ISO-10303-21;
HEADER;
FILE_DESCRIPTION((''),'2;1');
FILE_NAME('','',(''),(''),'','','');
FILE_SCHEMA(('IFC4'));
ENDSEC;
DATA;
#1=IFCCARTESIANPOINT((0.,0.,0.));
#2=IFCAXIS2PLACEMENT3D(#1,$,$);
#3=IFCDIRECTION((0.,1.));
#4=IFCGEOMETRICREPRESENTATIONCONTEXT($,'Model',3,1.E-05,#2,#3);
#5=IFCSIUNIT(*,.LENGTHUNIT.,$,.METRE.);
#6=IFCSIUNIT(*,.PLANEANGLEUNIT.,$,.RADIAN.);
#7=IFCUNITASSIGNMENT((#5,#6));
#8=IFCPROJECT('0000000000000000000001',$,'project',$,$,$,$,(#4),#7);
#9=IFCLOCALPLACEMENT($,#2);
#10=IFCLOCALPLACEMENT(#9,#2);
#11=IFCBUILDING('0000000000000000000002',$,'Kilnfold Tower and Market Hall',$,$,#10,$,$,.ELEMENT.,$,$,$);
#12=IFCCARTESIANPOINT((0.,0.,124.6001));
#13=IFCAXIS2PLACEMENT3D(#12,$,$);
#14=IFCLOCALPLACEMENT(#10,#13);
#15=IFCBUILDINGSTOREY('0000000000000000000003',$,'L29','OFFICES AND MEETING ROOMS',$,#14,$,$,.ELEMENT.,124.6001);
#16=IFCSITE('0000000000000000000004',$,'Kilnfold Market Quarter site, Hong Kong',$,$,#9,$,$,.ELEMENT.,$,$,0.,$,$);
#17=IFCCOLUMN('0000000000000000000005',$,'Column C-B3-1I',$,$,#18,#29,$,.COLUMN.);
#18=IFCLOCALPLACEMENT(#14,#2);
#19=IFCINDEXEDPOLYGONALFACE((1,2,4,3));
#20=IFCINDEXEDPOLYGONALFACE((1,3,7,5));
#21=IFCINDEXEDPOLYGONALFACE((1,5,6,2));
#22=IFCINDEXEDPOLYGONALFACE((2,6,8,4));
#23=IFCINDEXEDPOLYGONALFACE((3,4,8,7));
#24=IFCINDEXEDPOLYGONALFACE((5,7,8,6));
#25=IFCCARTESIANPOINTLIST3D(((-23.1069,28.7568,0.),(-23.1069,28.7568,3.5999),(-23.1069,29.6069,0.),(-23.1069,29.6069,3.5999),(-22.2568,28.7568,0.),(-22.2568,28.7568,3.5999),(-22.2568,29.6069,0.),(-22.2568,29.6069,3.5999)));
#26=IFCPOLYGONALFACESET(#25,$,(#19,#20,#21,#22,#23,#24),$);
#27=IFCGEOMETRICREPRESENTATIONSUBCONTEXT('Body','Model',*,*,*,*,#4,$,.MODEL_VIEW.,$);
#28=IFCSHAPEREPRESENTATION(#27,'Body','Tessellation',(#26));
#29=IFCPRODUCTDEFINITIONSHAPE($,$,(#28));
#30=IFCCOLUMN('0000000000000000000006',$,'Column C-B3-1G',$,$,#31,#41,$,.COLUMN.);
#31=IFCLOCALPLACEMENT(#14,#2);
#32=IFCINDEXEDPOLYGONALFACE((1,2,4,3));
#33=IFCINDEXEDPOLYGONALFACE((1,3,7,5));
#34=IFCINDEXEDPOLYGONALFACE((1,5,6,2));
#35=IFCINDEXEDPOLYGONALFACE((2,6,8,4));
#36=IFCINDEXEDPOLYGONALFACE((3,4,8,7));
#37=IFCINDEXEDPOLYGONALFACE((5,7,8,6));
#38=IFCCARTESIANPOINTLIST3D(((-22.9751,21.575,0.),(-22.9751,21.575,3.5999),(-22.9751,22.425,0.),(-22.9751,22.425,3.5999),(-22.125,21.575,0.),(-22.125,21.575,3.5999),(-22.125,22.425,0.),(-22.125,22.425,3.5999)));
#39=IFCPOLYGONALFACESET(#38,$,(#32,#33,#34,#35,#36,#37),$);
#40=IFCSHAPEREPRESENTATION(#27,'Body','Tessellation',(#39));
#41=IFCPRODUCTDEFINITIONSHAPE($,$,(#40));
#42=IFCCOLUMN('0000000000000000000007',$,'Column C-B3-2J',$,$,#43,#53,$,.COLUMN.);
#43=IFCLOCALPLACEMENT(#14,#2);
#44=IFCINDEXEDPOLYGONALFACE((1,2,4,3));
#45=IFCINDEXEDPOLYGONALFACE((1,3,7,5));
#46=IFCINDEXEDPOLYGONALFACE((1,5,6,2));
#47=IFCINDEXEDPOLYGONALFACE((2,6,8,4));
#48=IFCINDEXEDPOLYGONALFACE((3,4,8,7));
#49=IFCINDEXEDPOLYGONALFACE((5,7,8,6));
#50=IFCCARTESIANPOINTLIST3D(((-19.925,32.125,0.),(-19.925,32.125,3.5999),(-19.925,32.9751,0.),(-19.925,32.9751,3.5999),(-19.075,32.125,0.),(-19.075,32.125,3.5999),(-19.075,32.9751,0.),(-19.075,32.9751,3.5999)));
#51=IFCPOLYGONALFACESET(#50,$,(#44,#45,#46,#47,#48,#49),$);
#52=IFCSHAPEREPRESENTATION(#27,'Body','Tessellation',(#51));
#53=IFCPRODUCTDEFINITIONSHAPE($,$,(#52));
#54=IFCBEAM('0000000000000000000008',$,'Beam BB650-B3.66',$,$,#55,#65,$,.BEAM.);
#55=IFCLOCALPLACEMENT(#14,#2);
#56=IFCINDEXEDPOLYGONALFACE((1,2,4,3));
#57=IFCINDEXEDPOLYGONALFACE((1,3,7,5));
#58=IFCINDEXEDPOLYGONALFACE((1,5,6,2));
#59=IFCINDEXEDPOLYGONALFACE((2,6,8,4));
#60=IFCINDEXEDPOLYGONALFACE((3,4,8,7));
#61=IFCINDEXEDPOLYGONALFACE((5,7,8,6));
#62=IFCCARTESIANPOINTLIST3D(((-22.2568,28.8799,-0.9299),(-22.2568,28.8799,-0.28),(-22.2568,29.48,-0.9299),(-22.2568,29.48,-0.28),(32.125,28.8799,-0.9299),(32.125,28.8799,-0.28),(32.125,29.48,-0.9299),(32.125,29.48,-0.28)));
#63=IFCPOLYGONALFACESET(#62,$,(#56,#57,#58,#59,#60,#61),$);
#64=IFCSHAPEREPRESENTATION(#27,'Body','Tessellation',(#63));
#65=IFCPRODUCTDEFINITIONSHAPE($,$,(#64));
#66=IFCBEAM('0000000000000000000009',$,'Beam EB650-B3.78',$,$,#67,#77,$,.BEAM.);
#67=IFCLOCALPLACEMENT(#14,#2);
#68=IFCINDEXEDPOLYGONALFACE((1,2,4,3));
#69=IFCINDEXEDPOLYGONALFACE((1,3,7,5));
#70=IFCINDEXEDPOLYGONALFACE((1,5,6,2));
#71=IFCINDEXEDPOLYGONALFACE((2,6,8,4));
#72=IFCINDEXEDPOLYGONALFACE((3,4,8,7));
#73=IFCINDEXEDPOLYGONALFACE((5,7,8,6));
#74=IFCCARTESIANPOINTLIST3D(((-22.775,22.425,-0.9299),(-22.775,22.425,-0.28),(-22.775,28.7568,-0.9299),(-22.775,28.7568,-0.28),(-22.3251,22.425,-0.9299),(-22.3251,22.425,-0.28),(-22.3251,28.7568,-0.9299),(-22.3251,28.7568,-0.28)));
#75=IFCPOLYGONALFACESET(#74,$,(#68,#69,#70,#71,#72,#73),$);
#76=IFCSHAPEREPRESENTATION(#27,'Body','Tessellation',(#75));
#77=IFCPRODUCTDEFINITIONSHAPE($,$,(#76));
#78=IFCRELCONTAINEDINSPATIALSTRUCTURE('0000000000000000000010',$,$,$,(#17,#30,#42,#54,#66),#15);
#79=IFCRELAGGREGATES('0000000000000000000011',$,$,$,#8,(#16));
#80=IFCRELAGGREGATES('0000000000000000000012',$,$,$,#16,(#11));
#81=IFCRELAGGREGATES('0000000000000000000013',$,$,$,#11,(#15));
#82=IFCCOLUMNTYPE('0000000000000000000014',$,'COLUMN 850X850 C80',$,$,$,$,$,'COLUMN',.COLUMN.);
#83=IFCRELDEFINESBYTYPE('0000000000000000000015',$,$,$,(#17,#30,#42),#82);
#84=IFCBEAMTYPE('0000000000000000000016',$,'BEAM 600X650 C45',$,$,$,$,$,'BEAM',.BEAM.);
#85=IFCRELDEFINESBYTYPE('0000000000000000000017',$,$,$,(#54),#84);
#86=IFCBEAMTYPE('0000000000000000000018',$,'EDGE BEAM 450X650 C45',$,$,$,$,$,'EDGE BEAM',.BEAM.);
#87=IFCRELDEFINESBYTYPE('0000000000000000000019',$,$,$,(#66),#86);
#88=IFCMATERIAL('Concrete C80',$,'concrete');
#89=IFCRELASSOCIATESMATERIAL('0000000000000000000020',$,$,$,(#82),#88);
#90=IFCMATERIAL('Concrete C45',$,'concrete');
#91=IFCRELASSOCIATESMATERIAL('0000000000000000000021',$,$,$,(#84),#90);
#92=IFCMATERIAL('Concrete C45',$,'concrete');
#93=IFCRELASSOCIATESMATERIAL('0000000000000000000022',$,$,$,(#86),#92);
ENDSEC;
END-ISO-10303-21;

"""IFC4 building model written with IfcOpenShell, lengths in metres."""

from ifc_helpers import new_model, si_unit, direction, frame, origin, origin_2d, place, context, subcontext, project, spatial, rectangle, extrude, source, transform, mapped, material, material_profile, profile_set, type_object, element, save


model = new_model("IFC4")

# Units and contexts
model_context = context("Model", 3, precision=1e-05, world=origin(), true_north=direction((0.0, 1.0)))
body_context = subcontext(model_context, "Body", "Model", "MODEL_VIEW")
ifc_project = project(units=[si_unit("LENGTHUNIT", "METRE"), si_unit("PLANEANGLEUNIT", "RADIAN")], contexts=[model_context])

# Site, building, storey
site_placement = place(None, origin())
site = spatial("IfcSite", under=ifc_project, at=site_placement, Name="Kilnfold Market Quarter site, Hong Kong", CompositionType="ELEMENT", RefElevation=0.0)
building_placement = place(site_placement, origin())
building = spatial("IfcBuilding", under=site, at=building_placement, Name="Kilnfold Tower and Market Hall", CompositionType="ELEMENT")
storey_placement = place(building_placement, frame((0.0, 0.0, 124.6001)))
storey = spatial("IfcBuildingStorey", under=building, at=storey_placement, Name="L29", Description="OFFICES AND MEETING ROOMS", CompositionType="ELEMENT", Elevation=124.6001)

# Columns
ifc_material_1 = material(Name="Concrete C80", Category="concrete")
ifc_material_profile_1 = material_profile(ifc_material_1, rectangle(XDim=0.8501, YDim=0.8501, at=origin_2d()), Name="RC 850x850")
ifc_profile_set_1 = profile_set([ifc_material_profile_1], Name="Concrete C80")
column_type = type_object("IfcColumnType", Name="COLUMN 850X850 C80", ElementType="COLUMN", PredefinedType="COLUMN", material=ifc_profile_set_1)
shared_shape_1 = source(origin(), body_context, "Body", "SweptSolid", [
    extrude(rectangle(XDim=0.8501, YDim=0.8501, at=origin_2d()), origin(), (0.0, 0.0, 1.0), 3.5999),
])
for number, where, z_axis, x_axis, name in (
    (1, (-22.6819, 29.1819, 0.0), (0.0, 0.0, 1.0), (1.0, 0.0, 0.0), "Column C-B3-1I"),
    (2, (-22.55, 22.0, 0.0), (0.0, 0.0, 1.0), (1.0, 0.0, 0.0), "Column C-B3-1G"),
    (3, (-19.5, 32.55, 0.0), (0.0, 0.0, 1.0), (1.0, 0.0, 0.0), "Column C-B3-2J"),
):
    element("IfcColumn", number, at=place(storey_placement, frame(where, z_axis=z_axis, x_axis=x_axis)), inside=storey, type_object=column_type, Name=name, PredefinedType="COLUMN", context=body_context, shape_type="MappedRepresentation", body=[
        mapped(shared_shape_1, transform((0.0, 0.0, 0.0))),
    ])

# Beams
ifc_material_2 = material(Name="Concrete C45", Category="concrete")
ifc_material_profile_2 = material_profile(ifc_material_2, rectangle(XDim=0.6001, YDim=0.6499, at=origin_2d()), Name="RC 600x650")
ifc_profile_set_2 = profile_set([ifc_material_profile_2], Name="Concrete C45")
beam_type_1 = type_object("IfcBeamType", Name="BEAM 600X650 C45", ElementType="BEAM", PredefinedType="BEAM", material=ifc_profile_set_2)
shared_shape_2 = source(origin(), body_context, "Body", "SweptSolid", [
    extrude(rectangle(XDim=0.6001, YDim=0.6499, at=origin_2d()), origin(), (0.0, 0.0, 1.0), 54.3818),
])
beam_1_placement = place(storey_placement, frame((-22.2568, 29.1799, -0.605), z_axis=(1.0, 0.0, 0.0), x_axis=(0.0, 1.0, 0.0)))
element("IfcBeam", 4, at=beam_1_placement, inside=storey, type_object=beam_type_1, Name="Beam BB650-B3.66", PredefinedType="BEAM", context=body_context, shape_type="MappedRepresentation", body=[
    mapped(shared_shape_2, transform((0.0, 0.0, 0.0))),
])
ifc_material_3 = material(Name="Concrete C45", Category="concrete")
ifc_material_profile_3 = material_profile(ifc_material_3, rectangle(XDim=0.45, YDim=0.6499, at=origin_2d()), Name="RC 450x650")
ifc_profile_set_3 = profile_set([ifc_material_profile_3], Name="Concrete C45")
beam_type_2 = type_object("IfcBeamType", Name="EDGE BEAM 450X650 C45", ElementType="EDGE BEAM", PredefinedType="BEAM", material=ifc_profile_set_3)
shared_shape_3 = source(origin(), body_context, "Body", "SweptSolid", [
    extrude(rectangle(XDim=0.45, YDim=0.6499, at=origin_2d()), origin(), (0.0, 0.0, 1.0), 6.3318),
])
beam_2_placement = place(storey_placement, frame((-22.55, 22.425, -0.605), z_axis=(0.0, 1.0, 0.0), x_axis=(-1.0, 0.0, 0.0)))
element("IfcBeam", 5, at=beam_2_placement, inside=storey, type_object=beam_type_2, Name="Beam EB650-B3.78", PredefinedType="BEAM", context=body_context, shape_type="MappedRepresentation", body=[
    mapped(shared_shape_3, transform((0.0, 0.0, 0.0))),
])

save(model, "model.ifc")
